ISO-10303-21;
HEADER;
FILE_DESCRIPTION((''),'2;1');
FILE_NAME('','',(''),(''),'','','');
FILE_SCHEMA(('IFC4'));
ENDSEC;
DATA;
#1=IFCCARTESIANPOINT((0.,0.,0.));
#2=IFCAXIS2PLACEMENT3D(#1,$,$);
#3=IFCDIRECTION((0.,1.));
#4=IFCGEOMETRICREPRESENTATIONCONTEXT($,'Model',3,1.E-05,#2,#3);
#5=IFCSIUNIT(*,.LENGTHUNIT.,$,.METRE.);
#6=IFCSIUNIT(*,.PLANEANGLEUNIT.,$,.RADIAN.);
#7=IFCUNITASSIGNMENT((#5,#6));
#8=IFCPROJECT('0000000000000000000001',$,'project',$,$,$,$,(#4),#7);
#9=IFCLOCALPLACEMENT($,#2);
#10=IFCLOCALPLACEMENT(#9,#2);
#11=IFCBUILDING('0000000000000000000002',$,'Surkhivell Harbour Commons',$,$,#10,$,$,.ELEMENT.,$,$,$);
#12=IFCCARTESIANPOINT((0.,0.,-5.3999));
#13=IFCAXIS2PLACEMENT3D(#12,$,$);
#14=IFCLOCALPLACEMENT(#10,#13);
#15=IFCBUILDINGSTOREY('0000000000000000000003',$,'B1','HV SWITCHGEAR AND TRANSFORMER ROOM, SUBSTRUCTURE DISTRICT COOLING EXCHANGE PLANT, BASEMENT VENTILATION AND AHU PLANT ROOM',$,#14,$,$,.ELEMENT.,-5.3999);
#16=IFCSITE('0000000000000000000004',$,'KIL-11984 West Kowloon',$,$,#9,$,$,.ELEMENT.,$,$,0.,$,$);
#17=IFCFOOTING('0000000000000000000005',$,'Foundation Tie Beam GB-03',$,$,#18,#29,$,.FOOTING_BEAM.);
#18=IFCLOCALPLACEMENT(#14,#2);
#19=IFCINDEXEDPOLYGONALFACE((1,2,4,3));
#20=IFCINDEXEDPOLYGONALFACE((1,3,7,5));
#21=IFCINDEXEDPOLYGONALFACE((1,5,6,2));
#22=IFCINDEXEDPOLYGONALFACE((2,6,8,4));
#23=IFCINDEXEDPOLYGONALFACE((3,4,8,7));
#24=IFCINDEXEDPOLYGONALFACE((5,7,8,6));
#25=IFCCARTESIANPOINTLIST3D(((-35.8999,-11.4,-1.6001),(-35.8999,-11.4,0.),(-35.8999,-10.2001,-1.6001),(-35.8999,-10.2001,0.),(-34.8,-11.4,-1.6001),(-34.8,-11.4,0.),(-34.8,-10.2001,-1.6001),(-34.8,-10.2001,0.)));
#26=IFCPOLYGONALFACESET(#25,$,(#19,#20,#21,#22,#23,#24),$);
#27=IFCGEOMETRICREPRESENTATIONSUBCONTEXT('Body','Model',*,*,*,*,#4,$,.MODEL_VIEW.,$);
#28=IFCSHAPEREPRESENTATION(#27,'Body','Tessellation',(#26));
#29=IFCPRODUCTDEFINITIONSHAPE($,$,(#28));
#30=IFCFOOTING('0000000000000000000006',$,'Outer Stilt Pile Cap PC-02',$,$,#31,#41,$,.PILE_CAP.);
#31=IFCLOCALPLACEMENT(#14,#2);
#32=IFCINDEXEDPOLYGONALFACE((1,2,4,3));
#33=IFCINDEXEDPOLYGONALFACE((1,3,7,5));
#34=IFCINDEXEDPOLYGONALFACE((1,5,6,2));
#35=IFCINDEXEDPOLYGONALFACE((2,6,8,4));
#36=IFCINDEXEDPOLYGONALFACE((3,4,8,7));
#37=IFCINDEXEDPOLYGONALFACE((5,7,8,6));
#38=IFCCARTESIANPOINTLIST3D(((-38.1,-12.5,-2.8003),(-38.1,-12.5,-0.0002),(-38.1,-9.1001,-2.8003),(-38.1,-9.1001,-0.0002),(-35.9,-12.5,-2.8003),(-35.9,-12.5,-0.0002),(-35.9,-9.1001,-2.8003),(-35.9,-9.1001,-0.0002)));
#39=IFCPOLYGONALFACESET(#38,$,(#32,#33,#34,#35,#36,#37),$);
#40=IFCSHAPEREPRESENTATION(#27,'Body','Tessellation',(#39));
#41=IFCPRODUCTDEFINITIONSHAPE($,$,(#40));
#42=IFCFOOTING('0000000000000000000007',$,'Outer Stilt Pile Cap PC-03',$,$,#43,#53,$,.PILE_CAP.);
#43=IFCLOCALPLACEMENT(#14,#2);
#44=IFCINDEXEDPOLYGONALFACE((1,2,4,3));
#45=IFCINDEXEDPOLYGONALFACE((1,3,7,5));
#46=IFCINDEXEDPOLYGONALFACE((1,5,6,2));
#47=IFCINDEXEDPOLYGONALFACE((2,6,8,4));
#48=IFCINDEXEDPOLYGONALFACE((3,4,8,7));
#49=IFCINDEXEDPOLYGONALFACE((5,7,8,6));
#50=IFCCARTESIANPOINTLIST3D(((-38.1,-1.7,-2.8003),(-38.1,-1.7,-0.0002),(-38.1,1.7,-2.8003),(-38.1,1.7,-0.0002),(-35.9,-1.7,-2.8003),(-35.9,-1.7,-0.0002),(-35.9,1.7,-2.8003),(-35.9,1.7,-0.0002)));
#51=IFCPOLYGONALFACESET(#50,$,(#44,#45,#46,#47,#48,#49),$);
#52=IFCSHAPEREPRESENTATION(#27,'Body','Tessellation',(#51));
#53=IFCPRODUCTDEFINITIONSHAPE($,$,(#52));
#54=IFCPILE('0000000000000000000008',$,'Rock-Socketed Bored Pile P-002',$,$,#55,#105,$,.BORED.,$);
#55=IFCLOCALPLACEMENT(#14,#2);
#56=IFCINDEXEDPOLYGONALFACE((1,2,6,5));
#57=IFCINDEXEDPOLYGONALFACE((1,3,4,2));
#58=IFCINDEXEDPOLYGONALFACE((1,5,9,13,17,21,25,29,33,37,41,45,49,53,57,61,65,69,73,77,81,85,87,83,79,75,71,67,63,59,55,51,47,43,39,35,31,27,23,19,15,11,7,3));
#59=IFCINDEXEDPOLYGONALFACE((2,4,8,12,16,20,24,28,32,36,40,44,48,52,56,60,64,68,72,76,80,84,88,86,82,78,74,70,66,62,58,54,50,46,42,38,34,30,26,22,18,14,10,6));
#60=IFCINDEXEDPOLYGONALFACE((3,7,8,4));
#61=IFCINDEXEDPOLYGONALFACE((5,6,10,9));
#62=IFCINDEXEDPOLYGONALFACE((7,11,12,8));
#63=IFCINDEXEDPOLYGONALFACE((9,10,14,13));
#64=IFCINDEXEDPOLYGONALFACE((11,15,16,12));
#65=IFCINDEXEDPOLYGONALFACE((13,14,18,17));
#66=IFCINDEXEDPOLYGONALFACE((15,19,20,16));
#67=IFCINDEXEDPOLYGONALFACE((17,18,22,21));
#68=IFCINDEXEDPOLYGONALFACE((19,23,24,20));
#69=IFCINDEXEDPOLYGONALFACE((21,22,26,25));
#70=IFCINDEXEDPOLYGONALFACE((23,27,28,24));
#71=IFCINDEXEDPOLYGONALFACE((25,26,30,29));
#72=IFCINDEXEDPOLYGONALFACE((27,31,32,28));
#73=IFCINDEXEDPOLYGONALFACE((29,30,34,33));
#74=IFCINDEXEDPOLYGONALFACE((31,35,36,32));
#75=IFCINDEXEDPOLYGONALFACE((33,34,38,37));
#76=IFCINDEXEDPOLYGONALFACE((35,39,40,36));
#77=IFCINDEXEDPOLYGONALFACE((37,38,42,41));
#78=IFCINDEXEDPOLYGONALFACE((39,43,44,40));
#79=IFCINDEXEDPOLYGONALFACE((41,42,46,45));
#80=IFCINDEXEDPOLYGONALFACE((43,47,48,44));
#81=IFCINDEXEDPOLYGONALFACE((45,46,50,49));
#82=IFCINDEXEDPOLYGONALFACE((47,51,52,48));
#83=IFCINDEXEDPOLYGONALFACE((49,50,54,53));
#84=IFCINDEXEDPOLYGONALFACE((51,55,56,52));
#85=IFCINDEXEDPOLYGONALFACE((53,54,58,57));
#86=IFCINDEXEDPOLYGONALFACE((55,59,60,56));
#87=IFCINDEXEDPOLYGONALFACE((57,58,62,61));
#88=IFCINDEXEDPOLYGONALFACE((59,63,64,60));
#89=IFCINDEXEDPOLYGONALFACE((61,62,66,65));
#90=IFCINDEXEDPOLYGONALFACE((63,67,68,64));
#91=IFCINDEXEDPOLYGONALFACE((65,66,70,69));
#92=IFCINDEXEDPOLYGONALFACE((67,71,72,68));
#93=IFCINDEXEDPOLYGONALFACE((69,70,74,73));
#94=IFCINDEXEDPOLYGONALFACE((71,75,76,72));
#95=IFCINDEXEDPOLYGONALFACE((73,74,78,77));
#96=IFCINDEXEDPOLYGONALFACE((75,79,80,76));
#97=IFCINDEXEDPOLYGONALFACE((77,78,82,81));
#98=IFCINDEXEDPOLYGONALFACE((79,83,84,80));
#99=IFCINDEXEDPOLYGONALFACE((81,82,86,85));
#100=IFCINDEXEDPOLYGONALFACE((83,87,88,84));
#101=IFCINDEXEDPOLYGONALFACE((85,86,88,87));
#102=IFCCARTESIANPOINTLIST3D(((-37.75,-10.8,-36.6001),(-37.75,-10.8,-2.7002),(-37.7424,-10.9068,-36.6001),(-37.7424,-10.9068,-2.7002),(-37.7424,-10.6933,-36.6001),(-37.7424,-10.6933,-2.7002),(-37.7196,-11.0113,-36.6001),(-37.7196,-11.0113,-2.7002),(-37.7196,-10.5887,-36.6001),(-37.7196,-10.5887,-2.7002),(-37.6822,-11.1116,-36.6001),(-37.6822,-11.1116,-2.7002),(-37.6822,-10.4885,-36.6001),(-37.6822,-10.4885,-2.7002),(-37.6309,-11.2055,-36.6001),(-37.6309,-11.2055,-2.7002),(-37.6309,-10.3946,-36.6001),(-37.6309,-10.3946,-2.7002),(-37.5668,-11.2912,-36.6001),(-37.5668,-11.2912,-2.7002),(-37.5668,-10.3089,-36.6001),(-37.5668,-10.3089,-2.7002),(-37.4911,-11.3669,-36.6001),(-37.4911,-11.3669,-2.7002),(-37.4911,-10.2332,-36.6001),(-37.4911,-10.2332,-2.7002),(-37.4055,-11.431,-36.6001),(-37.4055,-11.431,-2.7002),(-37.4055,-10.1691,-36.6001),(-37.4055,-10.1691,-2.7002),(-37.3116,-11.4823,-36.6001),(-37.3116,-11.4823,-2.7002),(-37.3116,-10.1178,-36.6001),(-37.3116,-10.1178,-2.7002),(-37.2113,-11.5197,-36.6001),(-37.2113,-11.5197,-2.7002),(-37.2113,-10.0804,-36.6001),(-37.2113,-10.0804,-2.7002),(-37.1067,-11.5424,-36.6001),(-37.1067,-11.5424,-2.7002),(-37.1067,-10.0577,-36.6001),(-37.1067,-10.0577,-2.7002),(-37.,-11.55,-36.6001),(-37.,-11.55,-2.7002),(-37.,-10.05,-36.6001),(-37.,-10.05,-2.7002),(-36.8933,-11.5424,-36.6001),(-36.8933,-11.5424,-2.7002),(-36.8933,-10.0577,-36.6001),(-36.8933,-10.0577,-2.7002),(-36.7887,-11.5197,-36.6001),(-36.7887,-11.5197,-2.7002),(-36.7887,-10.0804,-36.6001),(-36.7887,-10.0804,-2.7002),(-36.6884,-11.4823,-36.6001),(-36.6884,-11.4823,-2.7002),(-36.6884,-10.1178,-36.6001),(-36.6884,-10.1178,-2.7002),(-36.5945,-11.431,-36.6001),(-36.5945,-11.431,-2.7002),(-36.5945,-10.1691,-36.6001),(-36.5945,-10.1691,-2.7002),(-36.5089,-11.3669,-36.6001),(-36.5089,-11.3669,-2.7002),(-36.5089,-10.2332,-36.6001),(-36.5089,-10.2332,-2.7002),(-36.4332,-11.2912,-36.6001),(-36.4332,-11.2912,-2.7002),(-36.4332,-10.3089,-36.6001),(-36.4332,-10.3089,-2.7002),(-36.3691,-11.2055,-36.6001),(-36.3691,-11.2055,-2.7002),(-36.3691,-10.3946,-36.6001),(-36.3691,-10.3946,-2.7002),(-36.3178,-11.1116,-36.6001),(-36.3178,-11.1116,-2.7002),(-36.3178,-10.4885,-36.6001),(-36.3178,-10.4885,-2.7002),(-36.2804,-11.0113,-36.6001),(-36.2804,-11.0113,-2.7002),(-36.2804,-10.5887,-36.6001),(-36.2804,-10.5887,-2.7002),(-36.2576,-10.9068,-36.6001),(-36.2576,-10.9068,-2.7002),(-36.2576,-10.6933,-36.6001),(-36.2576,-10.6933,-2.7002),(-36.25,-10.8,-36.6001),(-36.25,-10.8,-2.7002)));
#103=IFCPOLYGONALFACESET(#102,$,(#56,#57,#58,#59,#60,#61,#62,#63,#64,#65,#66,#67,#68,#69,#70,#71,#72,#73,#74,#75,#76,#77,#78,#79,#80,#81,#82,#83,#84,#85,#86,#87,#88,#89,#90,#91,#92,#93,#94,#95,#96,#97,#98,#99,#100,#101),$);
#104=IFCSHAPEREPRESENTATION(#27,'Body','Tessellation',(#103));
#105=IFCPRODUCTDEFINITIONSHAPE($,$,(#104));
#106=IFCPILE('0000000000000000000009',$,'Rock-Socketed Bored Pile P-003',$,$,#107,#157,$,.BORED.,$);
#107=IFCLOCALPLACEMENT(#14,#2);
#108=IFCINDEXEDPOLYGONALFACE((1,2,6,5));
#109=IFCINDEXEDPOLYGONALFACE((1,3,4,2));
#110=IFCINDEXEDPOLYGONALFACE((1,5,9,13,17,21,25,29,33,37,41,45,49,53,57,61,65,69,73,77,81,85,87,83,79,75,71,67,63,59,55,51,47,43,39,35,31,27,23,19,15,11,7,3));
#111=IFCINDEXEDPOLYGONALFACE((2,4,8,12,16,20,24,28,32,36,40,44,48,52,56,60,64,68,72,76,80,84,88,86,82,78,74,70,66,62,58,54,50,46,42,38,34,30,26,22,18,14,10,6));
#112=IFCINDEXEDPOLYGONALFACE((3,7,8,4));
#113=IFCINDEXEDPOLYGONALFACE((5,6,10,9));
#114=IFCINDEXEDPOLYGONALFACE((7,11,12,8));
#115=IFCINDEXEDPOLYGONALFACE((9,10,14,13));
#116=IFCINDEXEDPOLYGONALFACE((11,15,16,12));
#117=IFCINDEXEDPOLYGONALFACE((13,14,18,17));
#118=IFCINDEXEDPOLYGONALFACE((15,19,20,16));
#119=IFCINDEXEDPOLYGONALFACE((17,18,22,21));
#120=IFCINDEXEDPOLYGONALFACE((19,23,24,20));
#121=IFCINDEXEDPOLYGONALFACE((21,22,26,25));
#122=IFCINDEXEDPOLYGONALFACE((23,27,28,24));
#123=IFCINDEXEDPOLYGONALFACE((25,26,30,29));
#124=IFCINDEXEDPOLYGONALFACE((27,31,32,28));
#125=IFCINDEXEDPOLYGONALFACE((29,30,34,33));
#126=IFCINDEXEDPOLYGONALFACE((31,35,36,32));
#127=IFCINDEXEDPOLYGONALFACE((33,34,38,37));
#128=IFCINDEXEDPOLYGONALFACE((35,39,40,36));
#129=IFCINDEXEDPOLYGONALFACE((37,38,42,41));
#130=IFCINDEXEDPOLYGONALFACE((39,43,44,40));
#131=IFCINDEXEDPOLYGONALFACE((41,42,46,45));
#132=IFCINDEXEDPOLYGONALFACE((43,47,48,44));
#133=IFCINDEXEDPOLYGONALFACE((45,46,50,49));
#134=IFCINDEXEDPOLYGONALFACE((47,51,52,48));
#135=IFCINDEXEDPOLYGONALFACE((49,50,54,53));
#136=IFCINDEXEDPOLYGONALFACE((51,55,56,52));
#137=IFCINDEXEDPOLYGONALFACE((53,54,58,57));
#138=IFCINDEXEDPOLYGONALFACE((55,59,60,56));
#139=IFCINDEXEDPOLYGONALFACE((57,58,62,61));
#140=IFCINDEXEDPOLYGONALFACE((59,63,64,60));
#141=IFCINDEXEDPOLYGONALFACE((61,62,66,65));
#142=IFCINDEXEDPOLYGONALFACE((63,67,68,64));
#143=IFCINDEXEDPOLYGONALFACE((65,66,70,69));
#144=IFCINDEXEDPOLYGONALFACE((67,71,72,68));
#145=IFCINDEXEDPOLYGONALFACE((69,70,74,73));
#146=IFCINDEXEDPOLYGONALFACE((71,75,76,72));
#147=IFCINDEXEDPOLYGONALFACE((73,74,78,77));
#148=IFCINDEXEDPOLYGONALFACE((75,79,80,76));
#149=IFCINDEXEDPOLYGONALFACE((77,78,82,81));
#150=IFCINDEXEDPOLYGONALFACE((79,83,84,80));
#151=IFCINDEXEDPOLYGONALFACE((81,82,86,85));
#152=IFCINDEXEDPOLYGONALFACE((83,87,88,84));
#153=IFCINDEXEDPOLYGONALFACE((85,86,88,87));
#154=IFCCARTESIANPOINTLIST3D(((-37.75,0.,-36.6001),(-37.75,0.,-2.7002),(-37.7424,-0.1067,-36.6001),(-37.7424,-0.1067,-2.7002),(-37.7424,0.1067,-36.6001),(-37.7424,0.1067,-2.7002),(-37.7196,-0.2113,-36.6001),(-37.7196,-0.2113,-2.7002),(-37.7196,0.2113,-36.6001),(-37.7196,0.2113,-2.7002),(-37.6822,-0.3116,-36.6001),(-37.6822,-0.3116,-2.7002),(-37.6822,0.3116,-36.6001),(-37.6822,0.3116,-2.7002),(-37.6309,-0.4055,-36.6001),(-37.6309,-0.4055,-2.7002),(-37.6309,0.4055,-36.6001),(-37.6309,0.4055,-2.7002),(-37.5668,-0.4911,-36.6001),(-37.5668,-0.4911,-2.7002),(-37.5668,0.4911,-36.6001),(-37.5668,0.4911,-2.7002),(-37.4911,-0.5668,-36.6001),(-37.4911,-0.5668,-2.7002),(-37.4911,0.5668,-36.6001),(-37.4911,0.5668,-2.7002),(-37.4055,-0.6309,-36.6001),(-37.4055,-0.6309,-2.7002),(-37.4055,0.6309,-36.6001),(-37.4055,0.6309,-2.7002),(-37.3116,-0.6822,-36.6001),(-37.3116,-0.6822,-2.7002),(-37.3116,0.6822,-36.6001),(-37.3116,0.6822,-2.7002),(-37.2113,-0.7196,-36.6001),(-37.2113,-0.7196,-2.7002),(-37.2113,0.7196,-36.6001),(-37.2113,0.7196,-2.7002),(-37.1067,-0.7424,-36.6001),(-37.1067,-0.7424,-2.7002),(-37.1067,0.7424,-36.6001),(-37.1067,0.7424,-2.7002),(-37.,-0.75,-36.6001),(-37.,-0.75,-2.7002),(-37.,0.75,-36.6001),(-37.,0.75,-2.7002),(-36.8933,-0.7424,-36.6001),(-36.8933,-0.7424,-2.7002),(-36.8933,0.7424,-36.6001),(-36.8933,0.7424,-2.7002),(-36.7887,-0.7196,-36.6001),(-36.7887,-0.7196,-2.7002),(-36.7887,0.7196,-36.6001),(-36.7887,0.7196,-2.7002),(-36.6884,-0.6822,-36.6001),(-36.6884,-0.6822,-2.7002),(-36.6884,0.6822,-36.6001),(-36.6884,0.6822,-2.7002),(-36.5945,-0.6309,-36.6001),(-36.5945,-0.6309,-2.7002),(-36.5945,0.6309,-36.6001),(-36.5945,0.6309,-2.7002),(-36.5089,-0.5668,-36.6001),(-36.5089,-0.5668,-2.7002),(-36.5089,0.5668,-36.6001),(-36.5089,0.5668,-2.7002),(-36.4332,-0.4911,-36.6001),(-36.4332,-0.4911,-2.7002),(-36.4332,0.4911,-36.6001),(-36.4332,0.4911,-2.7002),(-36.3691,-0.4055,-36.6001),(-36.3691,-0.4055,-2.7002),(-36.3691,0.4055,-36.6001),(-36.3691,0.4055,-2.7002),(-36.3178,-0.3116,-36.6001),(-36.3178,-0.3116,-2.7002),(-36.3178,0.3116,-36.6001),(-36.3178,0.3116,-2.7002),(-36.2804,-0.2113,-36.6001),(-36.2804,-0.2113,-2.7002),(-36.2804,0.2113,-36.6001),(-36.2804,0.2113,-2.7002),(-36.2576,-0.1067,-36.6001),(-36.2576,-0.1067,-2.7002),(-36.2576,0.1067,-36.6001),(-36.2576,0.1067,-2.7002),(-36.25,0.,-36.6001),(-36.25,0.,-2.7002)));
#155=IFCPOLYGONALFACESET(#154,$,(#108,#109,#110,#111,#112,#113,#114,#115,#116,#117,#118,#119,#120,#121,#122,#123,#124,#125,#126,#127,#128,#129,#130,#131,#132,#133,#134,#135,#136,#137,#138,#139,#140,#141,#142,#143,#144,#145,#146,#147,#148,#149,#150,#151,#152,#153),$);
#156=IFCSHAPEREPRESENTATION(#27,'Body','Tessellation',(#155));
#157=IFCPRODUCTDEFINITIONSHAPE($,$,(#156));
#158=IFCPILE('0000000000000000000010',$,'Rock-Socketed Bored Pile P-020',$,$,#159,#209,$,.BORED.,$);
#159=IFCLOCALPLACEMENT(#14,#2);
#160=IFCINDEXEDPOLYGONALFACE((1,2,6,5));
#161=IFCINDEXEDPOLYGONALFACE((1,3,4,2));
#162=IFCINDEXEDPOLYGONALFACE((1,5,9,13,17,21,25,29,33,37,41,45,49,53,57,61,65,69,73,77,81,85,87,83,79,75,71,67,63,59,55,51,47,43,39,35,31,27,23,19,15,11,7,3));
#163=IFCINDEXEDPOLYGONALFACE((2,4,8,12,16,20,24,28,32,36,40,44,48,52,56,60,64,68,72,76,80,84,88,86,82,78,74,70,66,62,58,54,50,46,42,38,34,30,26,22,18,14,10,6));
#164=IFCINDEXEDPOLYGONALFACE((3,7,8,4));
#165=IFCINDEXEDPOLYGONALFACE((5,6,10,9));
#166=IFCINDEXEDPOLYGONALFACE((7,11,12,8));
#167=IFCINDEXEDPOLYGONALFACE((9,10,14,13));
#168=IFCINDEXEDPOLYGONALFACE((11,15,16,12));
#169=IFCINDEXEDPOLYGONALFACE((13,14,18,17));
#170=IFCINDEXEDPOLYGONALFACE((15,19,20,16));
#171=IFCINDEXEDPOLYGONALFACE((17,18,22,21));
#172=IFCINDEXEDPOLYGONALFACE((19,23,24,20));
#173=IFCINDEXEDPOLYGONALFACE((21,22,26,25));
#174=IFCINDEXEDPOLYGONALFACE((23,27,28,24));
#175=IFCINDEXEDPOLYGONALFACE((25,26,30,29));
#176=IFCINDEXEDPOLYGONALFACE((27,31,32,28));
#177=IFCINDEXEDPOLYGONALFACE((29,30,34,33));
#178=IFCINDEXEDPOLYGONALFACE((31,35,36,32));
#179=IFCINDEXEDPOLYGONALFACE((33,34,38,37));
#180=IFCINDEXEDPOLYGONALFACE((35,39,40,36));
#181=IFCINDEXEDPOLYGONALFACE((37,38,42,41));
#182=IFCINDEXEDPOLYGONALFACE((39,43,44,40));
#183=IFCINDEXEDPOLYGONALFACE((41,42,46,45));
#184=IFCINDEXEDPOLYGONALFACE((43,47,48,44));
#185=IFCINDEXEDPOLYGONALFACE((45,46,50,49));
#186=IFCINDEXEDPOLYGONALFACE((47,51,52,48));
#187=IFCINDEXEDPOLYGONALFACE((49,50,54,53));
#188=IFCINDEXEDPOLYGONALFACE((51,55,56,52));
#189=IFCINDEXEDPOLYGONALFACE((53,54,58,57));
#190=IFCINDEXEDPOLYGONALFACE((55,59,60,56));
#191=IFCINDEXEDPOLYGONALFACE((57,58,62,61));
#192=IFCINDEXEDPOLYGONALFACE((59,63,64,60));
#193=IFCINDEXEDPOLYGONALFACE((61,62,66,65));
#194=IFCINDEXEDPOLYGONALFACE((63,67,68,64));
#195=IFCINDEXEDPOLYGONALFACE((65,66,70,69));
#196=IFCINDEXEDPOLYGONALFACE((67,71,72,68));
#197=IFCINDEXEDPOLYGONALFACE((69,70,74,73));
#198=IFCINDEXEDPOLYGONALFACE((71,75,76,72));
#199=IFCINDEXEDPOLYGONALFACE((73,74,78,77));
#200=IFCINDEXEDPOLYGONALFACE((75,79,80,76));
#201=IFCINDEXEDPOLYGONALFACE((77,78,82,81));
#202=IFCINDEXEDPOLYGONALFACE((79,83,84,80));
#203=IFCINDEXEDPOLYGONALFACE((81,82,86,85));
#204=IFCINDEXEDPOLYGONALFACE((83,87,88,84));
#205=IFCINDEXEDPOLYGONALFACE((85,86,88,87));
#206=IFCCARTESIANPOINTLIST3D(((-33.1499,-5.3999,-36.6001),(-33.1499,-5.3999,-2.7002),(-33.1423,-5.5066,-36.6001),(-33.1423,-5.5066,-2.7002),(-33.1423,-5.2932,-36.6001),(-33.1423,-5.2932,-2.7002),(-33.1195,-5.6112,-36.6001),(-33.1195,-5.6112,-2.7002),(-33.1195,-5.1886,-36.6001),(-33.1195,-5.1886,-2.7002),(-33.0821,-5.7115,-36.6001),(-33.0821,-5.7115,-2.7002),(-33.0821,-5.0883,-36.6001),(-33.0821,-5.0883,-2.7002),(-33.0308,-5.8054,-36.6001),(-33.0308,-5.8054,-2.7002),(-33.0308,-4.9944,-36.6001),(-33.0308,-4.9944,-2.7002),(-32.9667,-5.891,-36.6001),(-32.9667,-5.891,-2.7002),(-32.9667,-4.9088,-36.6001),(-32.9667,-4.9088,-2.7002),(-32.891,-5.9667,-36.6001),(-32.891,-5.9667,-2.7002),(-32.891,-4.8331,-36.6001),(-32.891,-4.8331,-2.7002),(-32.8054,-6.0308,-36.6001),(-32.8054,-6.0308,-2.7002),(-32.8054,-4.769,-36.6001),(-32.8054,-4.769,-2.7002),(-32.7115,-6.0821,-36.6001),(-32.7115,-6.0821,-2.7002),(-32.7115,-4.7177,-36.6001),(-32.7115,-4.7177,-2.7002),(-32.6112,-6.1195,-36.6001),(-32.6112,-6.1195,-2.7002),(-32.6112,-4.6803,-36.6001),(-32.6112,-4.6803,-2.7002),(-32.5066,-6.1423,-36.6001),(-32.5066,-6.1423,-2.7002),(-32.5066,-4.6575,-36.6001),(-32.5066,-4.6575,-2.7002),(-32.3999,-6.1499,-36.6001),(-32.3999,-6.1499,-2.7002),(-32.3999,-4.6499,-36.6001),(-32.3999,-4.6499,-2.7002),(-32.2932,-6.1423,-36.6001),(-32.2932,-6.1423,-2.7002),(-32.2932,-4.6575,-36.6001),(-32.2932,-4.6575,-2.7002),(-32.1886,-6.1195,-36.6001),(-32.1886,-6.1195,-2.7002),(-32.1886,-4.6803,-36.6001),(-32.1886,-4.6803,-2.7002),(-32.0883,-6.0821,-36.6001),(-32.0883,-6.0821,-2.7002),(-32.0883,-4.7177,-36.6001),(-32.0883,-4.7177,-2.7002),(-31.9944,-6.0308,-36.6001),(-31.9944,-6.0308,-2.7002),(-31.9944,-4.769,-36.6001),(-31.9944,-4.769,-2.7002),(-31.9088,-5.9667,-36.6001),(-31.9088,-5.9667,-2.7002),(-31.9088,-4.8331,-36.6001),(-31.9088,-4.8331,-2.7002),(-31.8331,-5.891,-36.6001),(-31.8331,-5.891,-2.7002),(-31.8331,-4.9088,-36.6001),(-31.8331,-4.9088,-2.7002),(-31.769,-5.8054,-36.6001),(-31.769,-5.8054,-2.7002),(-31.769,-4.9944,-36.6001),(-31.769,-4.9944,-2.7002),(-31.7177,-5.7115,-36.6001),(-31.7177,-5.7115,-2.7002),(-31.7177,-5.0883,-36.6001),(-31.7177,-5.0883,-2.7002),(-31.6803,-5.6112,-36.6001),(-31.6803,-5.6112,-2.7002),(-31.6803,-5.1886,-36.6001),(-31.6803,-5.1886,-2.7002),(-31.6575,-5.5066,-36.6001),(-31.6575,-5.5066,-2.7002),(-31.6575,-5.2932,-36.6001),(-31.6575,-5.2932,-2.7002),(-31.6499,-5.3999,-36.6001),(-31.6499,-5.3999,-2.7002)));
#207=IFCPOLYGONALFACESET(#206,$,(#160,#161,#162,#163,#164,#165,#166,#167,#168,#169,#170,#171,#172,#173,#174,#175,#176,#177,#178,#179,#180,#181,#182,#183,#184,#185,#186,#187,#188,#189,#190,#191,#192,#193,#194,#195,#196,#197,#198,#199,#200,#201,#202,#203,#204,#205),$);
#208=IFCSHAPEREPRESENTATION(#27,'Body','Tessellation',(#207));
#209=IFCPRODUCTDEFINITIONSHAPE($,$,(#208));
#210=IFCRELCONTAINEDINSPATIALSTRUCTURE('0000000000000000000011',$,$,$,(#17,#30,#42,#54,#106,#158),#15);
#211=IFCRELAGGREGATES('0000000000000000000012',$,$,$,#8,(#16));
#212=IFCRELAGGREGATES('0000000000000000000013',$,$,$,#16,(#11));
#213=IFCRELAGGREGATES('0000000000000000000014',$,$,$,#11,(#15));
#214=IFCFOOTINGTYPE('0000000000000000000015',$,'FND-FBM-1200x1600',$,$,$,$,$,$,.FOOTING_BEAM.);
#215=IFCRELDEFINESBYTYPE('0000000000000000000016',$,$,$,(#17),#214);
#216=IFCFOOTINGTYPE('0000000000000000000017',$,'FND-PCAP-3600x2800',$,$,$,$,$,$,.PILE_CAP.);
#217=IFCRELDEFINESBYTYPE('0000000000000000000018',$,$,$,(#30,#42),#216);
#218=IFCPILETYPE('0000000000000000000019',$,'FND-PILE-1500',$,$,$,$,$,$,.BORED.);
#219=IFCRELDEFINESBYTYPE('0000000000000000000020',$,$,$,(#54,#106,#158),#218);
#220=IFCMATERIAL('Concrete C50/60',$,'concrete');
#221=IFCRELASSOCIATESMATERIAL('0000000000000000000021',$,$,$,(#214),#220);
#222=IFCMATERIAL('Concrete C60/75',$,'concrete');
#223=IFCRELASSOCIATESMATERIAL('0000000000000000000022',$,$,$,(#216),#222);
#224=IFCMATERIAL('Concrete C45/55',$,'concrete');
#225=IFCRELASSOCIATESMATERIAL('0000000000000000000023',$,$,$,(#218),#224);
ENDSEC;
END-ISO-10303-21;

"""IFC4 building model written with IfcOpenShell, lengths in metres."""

from ifc_helpers import new_model, si_unit, direction, frame, origin, origin_2d, place, context, subcontext, project, spatial, rectangle, circle, extrude, material, material_profile, profile_set, type_object, element, save


model = new_model("IFC4")

# Units and contexts
model_context = context("Model", 3, precision=1e-05, world=origin(), true_north=direction((0.0, 1.0)))
body_context = subcontext(model_context, "Body", "Model", "MODEL_VIEW")
ifc_project = project(units=[si_unit("LENGTHUNIT", "METRE"), si_unit("PLANEANGLEUNIT", "RADIAN")], contexts=[model_context])

# Site, building, storey
site_placement = place(None, origin())
site = spatial("IfcSite", under=ifc_project, at=site_placement, Name="KIL-11984 West Kowloon", CompositionType="ELEMENT", RefElevation=0.0)
building_placement = place(site_placement, origin())
building = spatial("IfcBuilding", under=site, at=building_placement, Name="Surkhivell Harbour Commons", CompositionType="ELEMENT")
storey_placement = place(building_placement, frame((0.0, 0.0, -5.3999)))
storey = spatial("IfcBuildingStorey", under=building, at=storey_placement, Name="B1", Description="HV SWITCHGEAR AND TRANSFORMER ROOM, SUBSTRUCTURE DISTRICT COOLING EXCHANGE PLANT, BASEMENT VENTILATION AND AHU PLANT ROOM", CompositionType="ELEMENT", Elevation=-5.3999)

# Footings
ifc_material_1 = material(Name="Concrete C50/60", Category="concrete")
ifc_material_profile_1 = material_profile(ifc_material_1, rectangle(XDim=1.2, YDim=1.6001, at=origin_2d()), Name="RC-FBM-1200x1600")
ifc_profile_set_1 = profile_set([ifc_material_profile_1], Name="Concrete C50/60")
footing_type_1 = type_object("IfcFootingType", Name="FND-FBM-1200x1600", PredefinedType="FOOTING_BEAM", material=ifc_profile_set_1)
footing_placement = place(storey_placement, frame((-35.8999, -10.8, -0.8), z_axis=(1.0, 0.0, 0.0), x_axis=(0.0, 1.0, 0.0)))
element("IfcFooting", 1, at=footing_placement, inside=storey, type_object=footing_type_1, Name="Foundation Tie Beam GB-03", PredefinedType="FOOTING_BEAM", context=body_context, shape_type="SweptSolid", body=[
    extrude(rectangle(XDim=1.2, YDim=1.6001, at=origin_2d()), origin(), (0.0, 0.0, 1.0), 1.0999),
])
ifc_material_2 = material(Name="Concrete C60/75", Category="concrete")
footing_type_2 = type_object("IfcFootingType", Name="FND-PCAP-3600x2800", PredefinedType="PILE_CAP", material=ifc_material_2)
for number, where, z_axis, x_axis, name in (
    (2, (-37.0, -10.8, -2.8003), (0.0, 0.0, 1.0), (1.0, 0.0, 0.0), "Outer Stilt Pile Cap PC-02"),
    (3, (-37.0, 0.0, -2.8003), (0.0, 0.0, 1.0), (1.0, 0.0, 0.0), "Outer Stilt Pile Cap PC-03"),
):
    element("IfcFooting", number, at=place(storey_placement, frame(where, z_axis=z_axis, x_axis=x_axis)), inside=storey, type_object=footing_type_2, Name=name, PredefinedType="PILE_CAP", context=body_context, shape_type="SweptSolid", body=[
        extrude(rectangle(XDim=2.2, YDim=3.3999, at=origin_2d()), origin(), (0.0, 0.0, 1.0), 2.8),
    ])

# Piles
ifc_material_3 = material(Name="Concrete C45/55", Category="concrete")
ifc_material_profile_2 = material_profile(ifc_material_3, circle(Radius=0.75, at=origin_2d()), Name="PILE-1500")
ifc_profile_set_2 = profile_set([ifc_material_profile_2], Name="Concrete C45/55")
pile_type_1 = type_object("IfcPileType", Name="FND-PILE-1500", PredefinedType="BORED", material=ifc_profile_set_2)
for number, where, z_axis, x_axis, name in (
    (4, (-37.0, -10.8, -2.7002), (0.0, 0.0, -1.0), (1.0, 0.0, 0.0), "Rock-Socketed Bored Pile P-002"),
    (5, (-37.0, 0.0, -2.7002), (0.0, 0.0, -1.0), (1.0, 0.0, 0.0), "Rock-Socketed Bored Pile P-003"),
    (6, (-32.3999, -5.3999, -2.7002), (0.0, 0.0, -1.0), (1.0, 0.0, 0.0), "Rock-Socketed Bored Pile P-020"),
):
    element("IfcPile", number, at=place(storey_placement, frame(where, z_axis=z_axis, x_axis=x_axis)), inside=storey, type_object=pile_type_1, Name=name, PredefinedType="BORED", context=body_context, shape_type="SweptSolid", body=[
        extrude(circle(Radius=0.75, at=origin_2d()), origin(), (0.0, 0.0, 1.0), 33.8999),
    ])

save(model, "model.ifc")
